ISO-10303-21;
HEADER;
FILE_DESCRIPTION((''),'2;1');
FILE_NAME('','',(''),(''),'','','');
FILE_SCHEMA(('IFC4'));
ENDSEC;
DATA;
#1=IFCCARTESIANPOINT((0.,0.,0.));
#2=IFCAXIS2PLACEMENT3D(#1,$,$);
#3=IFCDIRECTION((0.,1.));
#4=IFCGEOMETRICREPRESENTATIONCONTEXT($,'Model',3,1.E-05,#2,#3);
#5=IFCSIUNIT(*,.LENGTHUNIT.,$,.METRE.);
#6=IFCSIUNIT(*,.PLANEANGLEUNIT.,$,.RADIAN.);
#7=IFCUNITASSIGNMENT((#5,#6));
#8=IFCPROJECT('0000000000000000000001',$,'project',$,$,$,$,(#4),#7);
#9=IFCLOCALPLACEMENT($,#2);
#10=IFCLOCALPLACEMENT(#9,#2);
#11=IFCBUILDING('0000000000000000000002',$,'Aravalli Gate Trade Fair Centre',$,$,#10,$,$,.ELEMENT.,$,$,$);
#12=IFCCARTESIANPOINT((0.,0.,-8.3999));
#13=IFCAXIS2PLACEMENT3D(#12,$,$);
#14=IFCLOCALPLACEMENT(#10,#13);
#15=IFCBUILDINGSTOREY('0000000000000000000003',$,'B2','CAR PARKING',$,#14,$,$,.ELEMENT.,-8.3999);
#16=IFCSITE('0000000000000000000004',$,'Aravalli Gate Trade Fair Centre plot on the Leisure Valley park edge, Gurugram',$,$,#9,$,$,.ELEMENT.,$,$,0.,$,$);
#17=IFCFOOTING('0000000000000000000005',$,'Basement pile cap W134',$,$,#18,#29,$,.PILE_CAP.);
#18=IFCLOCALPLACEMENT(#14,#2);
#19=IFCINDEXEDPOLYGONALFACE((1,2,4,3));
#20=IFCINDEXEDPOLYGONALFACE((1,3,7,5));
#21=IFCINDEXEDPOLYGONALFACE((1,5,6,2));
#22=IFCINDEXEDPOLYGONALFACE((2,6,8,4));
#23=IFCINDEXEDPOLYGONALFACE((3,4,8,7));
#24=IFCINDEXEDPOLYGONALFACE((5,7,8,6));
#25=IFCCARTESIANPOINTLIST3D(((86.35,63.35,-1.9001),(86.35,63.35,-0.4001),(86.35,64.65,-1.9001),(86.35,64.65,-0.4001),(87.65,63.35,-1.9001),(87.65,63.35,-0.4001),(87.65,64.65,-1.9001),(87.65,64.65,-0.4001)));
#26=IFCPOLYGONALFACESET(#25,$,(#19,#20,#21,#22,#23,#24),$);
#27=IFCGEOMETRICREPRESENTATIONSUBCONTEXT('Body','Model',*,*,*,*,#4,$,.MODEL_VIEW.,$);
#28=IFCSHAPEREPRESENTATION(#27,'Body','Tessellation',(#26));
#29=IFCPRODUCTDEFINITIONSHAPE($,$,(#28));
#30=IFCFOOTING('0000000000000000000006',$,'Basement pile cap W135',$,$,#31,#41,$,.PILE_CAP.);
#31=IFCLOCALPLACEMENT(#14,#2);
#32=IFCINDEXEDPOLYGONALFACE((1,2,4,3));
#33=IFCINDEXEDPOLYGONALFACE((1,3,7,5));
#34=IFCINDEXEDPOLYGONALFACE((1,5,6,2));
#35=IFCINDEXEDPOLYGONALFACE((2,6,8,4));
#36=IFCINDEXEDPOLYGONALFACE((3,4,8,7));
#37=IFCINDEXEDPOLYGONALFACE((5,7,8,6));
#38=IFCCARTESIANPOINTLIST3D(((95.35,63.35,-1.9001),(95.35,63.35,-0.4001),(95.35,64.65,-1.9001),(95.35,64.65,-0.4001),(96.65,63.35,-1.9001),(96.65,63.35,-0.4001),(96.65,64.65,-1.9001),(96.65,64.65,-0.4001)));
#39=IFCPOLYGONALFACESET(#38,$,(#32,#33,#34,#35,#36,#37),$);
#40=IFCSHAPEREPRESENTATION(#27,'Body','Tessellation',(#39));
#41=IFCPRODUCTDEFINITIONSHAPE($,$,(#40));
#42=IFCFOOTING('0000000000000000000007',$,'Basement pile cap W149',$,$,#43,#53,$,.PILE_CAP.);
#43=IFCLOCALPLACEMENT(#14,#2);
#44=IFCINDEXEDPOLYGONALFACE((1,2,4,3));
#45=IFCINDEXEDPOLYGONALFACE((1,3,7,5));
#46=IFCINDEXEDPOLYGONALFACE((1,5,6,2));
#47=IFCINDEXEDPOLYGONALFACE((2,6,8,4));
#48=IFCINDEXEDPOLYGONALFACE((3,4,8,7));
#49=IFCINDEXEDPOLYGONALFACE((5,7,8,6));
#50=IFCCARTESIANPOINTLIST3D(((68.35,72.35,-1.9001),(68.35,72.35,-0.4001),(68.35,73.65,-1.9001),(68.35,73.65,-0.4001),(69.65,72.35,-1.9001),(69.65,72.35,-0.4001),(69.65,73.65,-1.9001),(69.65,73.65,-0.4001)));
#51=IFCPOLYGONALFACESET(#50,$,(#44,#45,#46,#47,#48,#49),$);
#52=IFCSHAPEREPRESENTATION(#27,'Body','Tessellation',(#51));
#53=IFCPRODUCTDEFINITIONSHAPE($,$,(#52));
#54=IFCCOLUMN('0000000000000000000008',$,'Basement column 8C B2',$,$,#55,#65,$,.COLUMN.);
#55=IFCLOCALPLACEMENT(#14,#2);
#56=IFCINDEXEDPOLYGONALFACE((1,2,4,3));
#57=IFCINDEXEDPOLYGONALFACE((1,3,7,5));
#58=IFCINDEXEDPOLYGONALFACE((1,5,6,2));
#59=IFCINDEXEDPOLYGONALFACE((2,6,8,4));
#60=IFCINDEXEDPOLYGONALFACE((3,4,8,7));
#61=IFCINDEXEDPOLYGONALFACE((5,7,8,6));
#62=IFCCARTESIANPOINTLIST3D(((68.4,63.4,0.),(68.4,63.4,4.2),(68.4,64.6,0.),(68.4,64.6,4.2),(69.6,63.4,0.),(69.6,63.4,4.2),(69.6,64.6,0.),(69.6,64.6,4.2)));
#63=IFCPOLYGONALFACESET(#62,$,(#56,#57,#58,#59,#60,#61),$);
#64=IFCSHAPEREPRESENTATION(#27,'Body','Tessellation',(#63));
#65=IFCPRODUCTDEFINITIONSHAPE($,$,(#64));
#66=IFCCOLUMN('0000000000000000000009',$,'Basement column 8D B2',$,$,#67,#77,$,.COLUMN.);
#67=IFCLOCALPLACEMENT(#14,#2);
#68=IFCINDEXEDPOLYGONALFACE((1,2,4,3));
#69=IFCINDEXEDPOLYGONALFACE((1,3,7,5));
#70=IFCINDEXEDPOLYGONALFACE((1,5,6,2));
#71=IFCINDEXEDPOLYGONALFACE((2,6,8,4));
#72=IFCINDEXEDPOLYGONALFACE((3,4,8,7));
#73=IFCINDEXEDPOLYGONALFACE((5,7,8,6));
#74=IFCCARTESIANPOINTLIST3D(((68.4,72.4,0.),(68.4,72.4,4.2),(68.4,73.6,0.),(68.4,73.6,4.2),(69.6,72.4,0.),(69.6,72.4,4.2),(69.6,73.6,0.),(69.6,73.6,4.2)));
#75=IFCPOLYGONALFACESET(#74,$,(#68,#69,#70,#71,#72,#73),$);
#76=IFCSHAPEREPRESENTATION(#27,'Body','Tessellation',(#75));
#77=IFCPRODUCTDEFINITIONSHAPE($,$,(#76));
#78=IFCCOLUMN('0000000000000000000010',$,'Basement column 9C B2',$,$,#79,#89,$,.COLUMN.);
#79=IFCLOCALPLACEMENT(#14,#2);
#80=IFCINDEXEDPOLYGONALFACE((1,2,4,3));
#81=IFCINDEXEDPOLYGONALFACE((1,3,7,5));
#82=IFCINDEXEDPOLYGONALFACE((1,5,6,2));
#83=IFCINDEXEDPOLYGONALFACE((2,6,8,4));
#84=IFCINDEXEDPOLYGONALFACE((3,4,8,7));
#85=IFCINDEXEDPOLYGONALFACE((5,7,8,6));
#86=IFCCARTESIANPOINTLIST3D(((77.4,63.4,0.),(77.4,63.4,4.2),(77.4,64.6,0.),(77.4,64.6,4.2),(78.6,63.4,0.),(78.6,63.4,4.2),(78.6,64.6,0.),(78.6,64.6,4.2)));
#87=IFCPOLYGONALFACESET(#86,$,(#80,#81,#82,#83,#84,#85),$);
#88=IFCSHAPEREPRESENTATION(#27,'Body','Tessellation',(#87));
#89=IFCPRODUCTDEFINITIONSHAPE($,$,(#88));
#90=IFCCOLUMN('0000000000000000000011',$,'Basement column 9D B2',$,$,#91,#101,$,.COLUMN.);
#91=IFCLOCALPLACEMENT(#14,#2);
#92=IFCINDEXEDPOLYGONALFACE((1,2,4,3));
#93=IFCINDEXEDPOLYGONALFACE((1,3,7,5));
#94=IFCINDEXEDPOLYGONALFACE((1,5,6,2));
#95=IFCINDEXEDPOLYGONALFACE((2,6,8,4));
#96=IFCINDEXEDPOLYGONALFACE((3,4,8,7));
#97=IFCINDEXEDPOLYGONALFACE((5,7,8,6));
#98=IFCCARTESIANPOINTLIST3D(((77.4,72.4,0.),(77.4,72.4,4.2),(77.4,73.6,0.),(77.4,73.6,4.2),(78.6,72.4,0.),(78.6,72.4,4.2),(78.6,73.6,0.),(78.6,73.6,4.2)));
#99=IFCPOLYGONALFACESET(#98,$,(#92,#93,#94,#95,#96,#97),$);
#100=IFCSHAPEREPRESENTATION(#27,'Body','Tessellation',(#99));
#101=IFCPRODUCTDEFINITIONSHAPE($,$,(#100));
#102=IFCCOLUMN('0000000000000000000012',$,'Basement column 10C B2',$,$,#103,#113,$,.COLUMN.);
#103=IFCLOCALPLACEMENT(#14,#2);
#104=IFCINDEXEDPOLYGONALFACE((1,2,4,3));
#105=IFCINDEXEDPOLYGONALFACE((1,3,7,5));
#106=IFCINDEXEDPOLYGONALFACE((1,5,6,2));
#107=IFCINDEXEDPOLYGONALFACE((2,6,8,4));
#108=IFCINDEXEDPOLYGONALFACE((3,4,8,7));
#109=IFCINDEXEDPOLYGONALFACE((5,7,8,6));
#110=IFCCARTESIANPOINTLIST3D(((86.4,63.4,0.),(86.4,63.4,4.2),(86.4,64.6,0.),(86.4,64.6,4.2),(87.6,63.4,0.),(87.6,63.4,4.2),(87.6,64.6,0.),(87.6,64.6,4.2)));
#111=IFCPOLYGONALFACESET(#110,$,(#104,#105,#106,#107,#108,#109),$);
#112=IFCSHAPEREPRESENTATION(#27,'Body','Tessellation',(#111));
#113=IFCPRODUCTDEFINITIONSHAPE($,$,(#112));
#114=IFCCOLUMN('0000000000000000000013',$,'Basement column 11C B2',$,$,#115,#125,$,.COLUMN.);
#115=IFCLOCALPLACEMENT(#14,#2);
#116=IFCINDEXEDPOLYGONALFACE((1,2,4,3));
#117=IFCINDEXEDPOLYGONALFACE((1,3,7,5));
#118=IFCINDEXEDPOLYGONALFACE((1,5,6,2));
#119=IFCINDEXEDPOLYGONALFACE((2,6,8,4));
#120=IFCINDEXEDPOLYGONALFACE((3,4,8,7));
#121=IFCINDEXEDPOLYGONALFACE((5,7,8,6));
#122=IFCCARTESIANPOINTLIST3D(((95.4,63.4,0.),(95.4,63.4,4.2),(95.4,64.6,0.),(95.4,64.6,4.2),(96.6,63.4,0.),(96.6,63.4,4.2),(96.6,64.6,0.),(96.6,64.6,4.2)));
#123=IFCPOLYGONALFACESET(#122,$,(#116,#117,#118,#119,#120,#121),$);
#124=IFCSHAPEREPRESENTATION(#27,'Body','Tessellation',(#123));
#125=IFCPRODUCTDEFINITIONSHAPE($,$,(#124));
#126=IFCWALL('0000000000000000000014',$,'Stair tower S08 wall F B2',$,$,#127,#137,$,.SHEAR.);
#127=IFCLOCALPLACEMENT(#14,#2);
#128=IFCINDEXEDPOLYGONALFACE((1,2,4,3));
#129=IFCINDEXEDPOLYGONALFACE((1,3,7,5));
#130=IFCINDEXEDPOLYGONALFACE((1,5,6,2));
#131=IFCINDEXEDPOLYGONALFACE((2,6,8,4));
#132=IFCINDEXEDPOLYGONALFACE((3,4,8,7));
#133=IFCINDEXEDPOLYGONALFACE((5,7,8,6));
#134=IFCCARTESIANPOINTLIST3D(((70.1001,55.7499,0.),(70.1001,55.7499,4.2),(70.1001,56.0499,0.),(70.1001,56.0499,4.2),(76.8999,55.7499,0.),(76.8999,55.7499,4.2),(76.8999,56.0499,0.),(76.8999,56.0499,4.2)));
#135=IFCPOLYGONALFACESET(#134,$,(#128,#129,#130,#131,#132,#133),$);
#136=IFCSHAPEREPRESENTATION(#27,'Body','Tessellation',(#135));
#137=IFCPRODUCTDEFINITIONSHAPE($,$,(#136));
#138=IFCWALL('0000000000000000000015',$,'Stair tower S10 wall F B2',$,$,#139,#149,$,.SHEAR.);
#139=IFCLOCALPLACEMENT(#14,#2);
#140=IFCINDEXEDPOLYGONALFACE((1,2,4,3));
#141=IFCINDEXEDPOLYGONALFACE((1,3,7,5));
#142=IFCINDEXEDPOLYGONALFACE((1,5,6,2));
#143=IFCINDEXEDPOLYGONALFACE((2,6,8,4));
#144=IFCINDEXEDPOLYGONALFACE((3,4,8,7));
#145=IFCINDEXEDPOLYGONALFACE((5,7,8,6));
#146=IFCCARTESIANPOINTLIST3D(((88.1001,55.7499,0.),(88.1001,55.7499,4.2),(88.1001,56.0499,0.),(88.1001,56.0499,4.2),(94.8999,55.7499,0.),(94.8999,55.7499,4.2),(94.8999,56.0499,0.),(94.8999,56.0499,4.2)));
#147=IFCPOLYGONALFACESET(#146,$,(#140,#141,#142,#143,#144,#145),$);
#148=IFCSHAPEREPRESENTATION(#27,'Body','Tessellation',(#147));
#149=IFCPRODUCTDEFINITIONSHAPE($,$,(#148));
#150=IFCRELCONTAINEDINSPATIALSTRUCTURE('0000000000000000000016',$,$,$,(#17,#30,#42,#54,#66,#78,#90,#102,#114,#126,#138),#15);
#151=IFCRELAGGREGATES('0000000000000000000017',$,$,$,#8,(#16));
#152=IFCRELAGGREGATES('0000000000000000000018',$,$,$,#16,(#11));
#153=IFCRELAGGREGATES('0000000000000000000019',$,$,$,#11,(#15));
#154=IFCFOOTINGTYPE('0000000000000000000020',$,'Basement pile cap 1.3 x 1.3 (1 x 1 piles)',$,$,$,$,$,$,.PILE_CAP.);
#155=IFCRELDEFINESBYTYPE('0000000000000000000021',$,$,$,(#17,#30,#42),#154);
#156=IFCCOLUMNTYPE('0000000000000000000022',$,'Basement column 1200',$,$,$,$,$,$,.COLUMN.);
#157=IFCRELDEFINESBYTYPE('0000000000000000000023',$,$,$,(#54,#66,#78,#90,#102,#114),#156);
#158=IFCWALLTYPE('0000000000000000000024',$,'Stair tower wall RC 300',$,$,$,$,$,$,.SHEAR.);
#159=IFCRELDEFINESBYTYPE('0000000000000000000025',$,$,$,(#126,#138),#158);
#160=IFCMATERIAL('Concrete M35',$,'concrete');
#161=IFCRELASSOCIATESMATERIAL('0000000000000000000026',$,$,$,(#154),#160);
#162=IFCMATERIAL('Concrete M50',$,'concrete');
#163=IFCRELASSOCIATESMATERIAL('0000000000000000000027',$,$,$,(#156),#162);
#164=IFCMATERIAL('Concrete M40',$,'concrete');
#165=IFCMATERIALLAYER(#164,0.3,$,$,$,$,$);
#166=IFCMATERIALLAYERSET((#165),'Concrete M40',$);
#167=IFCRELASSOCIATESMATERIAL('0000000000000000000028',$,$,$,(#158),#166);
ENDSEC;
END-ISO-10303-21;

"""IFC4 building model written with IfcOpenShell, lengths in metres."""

from ifc_helpers import new_model, si_unit, direction, frame, frame_2d, origin, origin_2d, place, context, subcontext, project, spatial, rectangle, extrude, material, layer, layer_set, material_profile, profile_set, type_object, element, save


model = new_model("IFC4")

# Units and contexts
model_context = context("Model", 3, precision=1e-05, world=origin(), true_north=direction((0.0, 1.0)))
body_context = subcontext(model_context, "Body", "Model", "MODEL_VIEW")
ifc_project = project(units=[si_unit("LENGTHUNIT", "METRE"), si_unit("PLANEANGLEUNIT", "RADIAN")], contexts=[model_context])

# Site, building, storey
site_placement = place(None, origin())
site = spatial("IfcSite", under=ifc_project, at=site_placement, Name="Aravalli Gate Trade Fair Centre plot on the Leisure Valley park edge, Gurugram", CompositionType="ELEMENT", RefElevation=0.0)
building_placement = place(site_placement, origin())
building = spatial("IfcBuilding", under=site, at=building_placement, Name="Aravalli Gate Trade Fair Centre", CompositionType="ELEMENT")
storey_placement = place(building_placement, frame((0.0, 0.0, -8.3999)))
storey = spatial("IfcBuildingStorey", under=building, at=storey_placement, Name="B2", Description="CAR PARKING", CompositionType="ELEMENT", Elevation=-8.3999)

# Shared definitions
ifc_material_1 = material(Name="Concrete M35", Category="concrete")

# Footings
footing_type = type_object("IfcFootingType", Name="Basement pile cap 1.3 x 1.3 (1 x 1 piles)", PredefinedType="PILE_CAP", material=ifc_material_1)
for number, where, z_axis, x_axis, name in (
    (1, (87.0, 64.0, -1.9001), (0.0, 0.0, 1.0), (1.0, 0.0, 0.0), "Basement pile cap W134"),
    (2, (96.0, 64.0, -1.9001), (0.0, 0.0, 1.0), (1.0, 0.0, 0.0), "Basement pile cap W135"),
    (3, (69.0, 73.0, -1.9001), (0.0, 0.0, 1.0), (1.0, 0.0, 0.0), "Basement pile cap W149"),
):
    element("IfcFooting", number, at=place(storey_placement, frame(where, z_axis=z_axis, x_axis=x_axis)), inside=storey, type_object=footing_type, Name=name, PredefinedType="PILE_CAP", context=body_context, shape_type="SweptSolid", body=[
        extrude(rectangle(XDim=1.3, YDim=1.3, at=origin_2d()), origin(), (0.0, 0.0, 1.0), 1.5),
    ])

# Columns
ifc_material_2 = material(Name="Concrete M50", Category="concrete")
ifc_material_profile_1 = material_profile(ifc_material_2, rectangle(XDim=1.2, YDim=1.2, at=origin_2d()), Name="RC 1200 x 1200")
ifc_profile_set_1 = profile_set([ifc_material_profile_1], Name="Concrete M50")
column_type = type_object("IfcColumnType", Name="Basement column 1200", PredefinedType="COLUMN", material=ifc_profile_set_1)
for number, where, z_axis, x_axis, name in (
    (4, (69.0, 64.0, 0.0), (0.0, 0.0, 1.0), (1.0, 0.0, 0.0), "Basement column 8C B2"),
    (5, (69.0, 73.0, 0.0), (0.0, 0.0, 1.0), (1.0, 0.0, 0.0), "Basement column 8D B2"),
    (6, (78.0, 64.0, 0.0), (0.0, 0.0, 1.0), (1.0, 0.0, 0.0), "Basement column 9C B2"),
    (7, (78.0, 73.0, 0.0), (0.0, 0.0, 1.0), (1.0, 0.0, 0.0), "Basement column 9D B2"),
    (8, (87.0, 64.0, 0.0), (0.0, 0.0, 1.0), (1.0, 0.0, 0.0), "Basement column 10C B2"),
    (9, (96.0, 64.0, 0.0), (0.0, 0.0, 1.0), (1.0, 0.0, 0.0), "Basement column 11C B2"),
):
    element("IfcColumn", number, at=place(storey_placement, frame(where, z_axis=z_axis, x_axis=x_axis)), inside=storey, type_object=column_type, Name=name, PredefinedType="COLUMN", context=body_context, shape_type="SweptSolid", body=[
        extrude(rectangle(XDim=1.2, YDim=1.2, at=origin_2d()), origin(), (0.0, 0.0, 1.0), 4.2),
    ])

# Walls
ifc_material_3 = material(Name="Concrete M40", Category="concrete")
ifc_layer = layer(ifc_material_3, 0.3)
ifc_layer_set = layer_set([ifc_layer], Name="Concrete M40")
wall_type = type_object("IfcWallType", Name="Stair tower wall RC 300", PredefinedType="SHEAR", material=ifc_layer_set)
for number, where, z_axis, x_axis, name in (
    (10, (70.1001, 55.8999, 0.0), (0.0, 0.0, 1.0), (1.0, 0.0, 0.0), "Stair tower S08 wall F B2"),
    (11, (88.1001, 55.8999, 0.0), (0.0, 0.0, 1.0), (1.0, 0.0, 0.0), "Stair tower S10 wall F B2"),
):
    element("IfcWall", number, at=place(storey_placement, frame(where, z_axis=z_axis, x_axis=x_axis)), inside=storey, type_object=wall_type, Name=name, PredefinedType="SHEAR", context=body_context, shape_type="SweptSolid", body=[
        extrude(rectangle(XDim=6.7998, YDim=0.3, at=frame_2d((3.3999, 0.0))), origin(), (0.0, 0.0, 1.0), 4.2),
    ])

save(model, "model.ifc")
